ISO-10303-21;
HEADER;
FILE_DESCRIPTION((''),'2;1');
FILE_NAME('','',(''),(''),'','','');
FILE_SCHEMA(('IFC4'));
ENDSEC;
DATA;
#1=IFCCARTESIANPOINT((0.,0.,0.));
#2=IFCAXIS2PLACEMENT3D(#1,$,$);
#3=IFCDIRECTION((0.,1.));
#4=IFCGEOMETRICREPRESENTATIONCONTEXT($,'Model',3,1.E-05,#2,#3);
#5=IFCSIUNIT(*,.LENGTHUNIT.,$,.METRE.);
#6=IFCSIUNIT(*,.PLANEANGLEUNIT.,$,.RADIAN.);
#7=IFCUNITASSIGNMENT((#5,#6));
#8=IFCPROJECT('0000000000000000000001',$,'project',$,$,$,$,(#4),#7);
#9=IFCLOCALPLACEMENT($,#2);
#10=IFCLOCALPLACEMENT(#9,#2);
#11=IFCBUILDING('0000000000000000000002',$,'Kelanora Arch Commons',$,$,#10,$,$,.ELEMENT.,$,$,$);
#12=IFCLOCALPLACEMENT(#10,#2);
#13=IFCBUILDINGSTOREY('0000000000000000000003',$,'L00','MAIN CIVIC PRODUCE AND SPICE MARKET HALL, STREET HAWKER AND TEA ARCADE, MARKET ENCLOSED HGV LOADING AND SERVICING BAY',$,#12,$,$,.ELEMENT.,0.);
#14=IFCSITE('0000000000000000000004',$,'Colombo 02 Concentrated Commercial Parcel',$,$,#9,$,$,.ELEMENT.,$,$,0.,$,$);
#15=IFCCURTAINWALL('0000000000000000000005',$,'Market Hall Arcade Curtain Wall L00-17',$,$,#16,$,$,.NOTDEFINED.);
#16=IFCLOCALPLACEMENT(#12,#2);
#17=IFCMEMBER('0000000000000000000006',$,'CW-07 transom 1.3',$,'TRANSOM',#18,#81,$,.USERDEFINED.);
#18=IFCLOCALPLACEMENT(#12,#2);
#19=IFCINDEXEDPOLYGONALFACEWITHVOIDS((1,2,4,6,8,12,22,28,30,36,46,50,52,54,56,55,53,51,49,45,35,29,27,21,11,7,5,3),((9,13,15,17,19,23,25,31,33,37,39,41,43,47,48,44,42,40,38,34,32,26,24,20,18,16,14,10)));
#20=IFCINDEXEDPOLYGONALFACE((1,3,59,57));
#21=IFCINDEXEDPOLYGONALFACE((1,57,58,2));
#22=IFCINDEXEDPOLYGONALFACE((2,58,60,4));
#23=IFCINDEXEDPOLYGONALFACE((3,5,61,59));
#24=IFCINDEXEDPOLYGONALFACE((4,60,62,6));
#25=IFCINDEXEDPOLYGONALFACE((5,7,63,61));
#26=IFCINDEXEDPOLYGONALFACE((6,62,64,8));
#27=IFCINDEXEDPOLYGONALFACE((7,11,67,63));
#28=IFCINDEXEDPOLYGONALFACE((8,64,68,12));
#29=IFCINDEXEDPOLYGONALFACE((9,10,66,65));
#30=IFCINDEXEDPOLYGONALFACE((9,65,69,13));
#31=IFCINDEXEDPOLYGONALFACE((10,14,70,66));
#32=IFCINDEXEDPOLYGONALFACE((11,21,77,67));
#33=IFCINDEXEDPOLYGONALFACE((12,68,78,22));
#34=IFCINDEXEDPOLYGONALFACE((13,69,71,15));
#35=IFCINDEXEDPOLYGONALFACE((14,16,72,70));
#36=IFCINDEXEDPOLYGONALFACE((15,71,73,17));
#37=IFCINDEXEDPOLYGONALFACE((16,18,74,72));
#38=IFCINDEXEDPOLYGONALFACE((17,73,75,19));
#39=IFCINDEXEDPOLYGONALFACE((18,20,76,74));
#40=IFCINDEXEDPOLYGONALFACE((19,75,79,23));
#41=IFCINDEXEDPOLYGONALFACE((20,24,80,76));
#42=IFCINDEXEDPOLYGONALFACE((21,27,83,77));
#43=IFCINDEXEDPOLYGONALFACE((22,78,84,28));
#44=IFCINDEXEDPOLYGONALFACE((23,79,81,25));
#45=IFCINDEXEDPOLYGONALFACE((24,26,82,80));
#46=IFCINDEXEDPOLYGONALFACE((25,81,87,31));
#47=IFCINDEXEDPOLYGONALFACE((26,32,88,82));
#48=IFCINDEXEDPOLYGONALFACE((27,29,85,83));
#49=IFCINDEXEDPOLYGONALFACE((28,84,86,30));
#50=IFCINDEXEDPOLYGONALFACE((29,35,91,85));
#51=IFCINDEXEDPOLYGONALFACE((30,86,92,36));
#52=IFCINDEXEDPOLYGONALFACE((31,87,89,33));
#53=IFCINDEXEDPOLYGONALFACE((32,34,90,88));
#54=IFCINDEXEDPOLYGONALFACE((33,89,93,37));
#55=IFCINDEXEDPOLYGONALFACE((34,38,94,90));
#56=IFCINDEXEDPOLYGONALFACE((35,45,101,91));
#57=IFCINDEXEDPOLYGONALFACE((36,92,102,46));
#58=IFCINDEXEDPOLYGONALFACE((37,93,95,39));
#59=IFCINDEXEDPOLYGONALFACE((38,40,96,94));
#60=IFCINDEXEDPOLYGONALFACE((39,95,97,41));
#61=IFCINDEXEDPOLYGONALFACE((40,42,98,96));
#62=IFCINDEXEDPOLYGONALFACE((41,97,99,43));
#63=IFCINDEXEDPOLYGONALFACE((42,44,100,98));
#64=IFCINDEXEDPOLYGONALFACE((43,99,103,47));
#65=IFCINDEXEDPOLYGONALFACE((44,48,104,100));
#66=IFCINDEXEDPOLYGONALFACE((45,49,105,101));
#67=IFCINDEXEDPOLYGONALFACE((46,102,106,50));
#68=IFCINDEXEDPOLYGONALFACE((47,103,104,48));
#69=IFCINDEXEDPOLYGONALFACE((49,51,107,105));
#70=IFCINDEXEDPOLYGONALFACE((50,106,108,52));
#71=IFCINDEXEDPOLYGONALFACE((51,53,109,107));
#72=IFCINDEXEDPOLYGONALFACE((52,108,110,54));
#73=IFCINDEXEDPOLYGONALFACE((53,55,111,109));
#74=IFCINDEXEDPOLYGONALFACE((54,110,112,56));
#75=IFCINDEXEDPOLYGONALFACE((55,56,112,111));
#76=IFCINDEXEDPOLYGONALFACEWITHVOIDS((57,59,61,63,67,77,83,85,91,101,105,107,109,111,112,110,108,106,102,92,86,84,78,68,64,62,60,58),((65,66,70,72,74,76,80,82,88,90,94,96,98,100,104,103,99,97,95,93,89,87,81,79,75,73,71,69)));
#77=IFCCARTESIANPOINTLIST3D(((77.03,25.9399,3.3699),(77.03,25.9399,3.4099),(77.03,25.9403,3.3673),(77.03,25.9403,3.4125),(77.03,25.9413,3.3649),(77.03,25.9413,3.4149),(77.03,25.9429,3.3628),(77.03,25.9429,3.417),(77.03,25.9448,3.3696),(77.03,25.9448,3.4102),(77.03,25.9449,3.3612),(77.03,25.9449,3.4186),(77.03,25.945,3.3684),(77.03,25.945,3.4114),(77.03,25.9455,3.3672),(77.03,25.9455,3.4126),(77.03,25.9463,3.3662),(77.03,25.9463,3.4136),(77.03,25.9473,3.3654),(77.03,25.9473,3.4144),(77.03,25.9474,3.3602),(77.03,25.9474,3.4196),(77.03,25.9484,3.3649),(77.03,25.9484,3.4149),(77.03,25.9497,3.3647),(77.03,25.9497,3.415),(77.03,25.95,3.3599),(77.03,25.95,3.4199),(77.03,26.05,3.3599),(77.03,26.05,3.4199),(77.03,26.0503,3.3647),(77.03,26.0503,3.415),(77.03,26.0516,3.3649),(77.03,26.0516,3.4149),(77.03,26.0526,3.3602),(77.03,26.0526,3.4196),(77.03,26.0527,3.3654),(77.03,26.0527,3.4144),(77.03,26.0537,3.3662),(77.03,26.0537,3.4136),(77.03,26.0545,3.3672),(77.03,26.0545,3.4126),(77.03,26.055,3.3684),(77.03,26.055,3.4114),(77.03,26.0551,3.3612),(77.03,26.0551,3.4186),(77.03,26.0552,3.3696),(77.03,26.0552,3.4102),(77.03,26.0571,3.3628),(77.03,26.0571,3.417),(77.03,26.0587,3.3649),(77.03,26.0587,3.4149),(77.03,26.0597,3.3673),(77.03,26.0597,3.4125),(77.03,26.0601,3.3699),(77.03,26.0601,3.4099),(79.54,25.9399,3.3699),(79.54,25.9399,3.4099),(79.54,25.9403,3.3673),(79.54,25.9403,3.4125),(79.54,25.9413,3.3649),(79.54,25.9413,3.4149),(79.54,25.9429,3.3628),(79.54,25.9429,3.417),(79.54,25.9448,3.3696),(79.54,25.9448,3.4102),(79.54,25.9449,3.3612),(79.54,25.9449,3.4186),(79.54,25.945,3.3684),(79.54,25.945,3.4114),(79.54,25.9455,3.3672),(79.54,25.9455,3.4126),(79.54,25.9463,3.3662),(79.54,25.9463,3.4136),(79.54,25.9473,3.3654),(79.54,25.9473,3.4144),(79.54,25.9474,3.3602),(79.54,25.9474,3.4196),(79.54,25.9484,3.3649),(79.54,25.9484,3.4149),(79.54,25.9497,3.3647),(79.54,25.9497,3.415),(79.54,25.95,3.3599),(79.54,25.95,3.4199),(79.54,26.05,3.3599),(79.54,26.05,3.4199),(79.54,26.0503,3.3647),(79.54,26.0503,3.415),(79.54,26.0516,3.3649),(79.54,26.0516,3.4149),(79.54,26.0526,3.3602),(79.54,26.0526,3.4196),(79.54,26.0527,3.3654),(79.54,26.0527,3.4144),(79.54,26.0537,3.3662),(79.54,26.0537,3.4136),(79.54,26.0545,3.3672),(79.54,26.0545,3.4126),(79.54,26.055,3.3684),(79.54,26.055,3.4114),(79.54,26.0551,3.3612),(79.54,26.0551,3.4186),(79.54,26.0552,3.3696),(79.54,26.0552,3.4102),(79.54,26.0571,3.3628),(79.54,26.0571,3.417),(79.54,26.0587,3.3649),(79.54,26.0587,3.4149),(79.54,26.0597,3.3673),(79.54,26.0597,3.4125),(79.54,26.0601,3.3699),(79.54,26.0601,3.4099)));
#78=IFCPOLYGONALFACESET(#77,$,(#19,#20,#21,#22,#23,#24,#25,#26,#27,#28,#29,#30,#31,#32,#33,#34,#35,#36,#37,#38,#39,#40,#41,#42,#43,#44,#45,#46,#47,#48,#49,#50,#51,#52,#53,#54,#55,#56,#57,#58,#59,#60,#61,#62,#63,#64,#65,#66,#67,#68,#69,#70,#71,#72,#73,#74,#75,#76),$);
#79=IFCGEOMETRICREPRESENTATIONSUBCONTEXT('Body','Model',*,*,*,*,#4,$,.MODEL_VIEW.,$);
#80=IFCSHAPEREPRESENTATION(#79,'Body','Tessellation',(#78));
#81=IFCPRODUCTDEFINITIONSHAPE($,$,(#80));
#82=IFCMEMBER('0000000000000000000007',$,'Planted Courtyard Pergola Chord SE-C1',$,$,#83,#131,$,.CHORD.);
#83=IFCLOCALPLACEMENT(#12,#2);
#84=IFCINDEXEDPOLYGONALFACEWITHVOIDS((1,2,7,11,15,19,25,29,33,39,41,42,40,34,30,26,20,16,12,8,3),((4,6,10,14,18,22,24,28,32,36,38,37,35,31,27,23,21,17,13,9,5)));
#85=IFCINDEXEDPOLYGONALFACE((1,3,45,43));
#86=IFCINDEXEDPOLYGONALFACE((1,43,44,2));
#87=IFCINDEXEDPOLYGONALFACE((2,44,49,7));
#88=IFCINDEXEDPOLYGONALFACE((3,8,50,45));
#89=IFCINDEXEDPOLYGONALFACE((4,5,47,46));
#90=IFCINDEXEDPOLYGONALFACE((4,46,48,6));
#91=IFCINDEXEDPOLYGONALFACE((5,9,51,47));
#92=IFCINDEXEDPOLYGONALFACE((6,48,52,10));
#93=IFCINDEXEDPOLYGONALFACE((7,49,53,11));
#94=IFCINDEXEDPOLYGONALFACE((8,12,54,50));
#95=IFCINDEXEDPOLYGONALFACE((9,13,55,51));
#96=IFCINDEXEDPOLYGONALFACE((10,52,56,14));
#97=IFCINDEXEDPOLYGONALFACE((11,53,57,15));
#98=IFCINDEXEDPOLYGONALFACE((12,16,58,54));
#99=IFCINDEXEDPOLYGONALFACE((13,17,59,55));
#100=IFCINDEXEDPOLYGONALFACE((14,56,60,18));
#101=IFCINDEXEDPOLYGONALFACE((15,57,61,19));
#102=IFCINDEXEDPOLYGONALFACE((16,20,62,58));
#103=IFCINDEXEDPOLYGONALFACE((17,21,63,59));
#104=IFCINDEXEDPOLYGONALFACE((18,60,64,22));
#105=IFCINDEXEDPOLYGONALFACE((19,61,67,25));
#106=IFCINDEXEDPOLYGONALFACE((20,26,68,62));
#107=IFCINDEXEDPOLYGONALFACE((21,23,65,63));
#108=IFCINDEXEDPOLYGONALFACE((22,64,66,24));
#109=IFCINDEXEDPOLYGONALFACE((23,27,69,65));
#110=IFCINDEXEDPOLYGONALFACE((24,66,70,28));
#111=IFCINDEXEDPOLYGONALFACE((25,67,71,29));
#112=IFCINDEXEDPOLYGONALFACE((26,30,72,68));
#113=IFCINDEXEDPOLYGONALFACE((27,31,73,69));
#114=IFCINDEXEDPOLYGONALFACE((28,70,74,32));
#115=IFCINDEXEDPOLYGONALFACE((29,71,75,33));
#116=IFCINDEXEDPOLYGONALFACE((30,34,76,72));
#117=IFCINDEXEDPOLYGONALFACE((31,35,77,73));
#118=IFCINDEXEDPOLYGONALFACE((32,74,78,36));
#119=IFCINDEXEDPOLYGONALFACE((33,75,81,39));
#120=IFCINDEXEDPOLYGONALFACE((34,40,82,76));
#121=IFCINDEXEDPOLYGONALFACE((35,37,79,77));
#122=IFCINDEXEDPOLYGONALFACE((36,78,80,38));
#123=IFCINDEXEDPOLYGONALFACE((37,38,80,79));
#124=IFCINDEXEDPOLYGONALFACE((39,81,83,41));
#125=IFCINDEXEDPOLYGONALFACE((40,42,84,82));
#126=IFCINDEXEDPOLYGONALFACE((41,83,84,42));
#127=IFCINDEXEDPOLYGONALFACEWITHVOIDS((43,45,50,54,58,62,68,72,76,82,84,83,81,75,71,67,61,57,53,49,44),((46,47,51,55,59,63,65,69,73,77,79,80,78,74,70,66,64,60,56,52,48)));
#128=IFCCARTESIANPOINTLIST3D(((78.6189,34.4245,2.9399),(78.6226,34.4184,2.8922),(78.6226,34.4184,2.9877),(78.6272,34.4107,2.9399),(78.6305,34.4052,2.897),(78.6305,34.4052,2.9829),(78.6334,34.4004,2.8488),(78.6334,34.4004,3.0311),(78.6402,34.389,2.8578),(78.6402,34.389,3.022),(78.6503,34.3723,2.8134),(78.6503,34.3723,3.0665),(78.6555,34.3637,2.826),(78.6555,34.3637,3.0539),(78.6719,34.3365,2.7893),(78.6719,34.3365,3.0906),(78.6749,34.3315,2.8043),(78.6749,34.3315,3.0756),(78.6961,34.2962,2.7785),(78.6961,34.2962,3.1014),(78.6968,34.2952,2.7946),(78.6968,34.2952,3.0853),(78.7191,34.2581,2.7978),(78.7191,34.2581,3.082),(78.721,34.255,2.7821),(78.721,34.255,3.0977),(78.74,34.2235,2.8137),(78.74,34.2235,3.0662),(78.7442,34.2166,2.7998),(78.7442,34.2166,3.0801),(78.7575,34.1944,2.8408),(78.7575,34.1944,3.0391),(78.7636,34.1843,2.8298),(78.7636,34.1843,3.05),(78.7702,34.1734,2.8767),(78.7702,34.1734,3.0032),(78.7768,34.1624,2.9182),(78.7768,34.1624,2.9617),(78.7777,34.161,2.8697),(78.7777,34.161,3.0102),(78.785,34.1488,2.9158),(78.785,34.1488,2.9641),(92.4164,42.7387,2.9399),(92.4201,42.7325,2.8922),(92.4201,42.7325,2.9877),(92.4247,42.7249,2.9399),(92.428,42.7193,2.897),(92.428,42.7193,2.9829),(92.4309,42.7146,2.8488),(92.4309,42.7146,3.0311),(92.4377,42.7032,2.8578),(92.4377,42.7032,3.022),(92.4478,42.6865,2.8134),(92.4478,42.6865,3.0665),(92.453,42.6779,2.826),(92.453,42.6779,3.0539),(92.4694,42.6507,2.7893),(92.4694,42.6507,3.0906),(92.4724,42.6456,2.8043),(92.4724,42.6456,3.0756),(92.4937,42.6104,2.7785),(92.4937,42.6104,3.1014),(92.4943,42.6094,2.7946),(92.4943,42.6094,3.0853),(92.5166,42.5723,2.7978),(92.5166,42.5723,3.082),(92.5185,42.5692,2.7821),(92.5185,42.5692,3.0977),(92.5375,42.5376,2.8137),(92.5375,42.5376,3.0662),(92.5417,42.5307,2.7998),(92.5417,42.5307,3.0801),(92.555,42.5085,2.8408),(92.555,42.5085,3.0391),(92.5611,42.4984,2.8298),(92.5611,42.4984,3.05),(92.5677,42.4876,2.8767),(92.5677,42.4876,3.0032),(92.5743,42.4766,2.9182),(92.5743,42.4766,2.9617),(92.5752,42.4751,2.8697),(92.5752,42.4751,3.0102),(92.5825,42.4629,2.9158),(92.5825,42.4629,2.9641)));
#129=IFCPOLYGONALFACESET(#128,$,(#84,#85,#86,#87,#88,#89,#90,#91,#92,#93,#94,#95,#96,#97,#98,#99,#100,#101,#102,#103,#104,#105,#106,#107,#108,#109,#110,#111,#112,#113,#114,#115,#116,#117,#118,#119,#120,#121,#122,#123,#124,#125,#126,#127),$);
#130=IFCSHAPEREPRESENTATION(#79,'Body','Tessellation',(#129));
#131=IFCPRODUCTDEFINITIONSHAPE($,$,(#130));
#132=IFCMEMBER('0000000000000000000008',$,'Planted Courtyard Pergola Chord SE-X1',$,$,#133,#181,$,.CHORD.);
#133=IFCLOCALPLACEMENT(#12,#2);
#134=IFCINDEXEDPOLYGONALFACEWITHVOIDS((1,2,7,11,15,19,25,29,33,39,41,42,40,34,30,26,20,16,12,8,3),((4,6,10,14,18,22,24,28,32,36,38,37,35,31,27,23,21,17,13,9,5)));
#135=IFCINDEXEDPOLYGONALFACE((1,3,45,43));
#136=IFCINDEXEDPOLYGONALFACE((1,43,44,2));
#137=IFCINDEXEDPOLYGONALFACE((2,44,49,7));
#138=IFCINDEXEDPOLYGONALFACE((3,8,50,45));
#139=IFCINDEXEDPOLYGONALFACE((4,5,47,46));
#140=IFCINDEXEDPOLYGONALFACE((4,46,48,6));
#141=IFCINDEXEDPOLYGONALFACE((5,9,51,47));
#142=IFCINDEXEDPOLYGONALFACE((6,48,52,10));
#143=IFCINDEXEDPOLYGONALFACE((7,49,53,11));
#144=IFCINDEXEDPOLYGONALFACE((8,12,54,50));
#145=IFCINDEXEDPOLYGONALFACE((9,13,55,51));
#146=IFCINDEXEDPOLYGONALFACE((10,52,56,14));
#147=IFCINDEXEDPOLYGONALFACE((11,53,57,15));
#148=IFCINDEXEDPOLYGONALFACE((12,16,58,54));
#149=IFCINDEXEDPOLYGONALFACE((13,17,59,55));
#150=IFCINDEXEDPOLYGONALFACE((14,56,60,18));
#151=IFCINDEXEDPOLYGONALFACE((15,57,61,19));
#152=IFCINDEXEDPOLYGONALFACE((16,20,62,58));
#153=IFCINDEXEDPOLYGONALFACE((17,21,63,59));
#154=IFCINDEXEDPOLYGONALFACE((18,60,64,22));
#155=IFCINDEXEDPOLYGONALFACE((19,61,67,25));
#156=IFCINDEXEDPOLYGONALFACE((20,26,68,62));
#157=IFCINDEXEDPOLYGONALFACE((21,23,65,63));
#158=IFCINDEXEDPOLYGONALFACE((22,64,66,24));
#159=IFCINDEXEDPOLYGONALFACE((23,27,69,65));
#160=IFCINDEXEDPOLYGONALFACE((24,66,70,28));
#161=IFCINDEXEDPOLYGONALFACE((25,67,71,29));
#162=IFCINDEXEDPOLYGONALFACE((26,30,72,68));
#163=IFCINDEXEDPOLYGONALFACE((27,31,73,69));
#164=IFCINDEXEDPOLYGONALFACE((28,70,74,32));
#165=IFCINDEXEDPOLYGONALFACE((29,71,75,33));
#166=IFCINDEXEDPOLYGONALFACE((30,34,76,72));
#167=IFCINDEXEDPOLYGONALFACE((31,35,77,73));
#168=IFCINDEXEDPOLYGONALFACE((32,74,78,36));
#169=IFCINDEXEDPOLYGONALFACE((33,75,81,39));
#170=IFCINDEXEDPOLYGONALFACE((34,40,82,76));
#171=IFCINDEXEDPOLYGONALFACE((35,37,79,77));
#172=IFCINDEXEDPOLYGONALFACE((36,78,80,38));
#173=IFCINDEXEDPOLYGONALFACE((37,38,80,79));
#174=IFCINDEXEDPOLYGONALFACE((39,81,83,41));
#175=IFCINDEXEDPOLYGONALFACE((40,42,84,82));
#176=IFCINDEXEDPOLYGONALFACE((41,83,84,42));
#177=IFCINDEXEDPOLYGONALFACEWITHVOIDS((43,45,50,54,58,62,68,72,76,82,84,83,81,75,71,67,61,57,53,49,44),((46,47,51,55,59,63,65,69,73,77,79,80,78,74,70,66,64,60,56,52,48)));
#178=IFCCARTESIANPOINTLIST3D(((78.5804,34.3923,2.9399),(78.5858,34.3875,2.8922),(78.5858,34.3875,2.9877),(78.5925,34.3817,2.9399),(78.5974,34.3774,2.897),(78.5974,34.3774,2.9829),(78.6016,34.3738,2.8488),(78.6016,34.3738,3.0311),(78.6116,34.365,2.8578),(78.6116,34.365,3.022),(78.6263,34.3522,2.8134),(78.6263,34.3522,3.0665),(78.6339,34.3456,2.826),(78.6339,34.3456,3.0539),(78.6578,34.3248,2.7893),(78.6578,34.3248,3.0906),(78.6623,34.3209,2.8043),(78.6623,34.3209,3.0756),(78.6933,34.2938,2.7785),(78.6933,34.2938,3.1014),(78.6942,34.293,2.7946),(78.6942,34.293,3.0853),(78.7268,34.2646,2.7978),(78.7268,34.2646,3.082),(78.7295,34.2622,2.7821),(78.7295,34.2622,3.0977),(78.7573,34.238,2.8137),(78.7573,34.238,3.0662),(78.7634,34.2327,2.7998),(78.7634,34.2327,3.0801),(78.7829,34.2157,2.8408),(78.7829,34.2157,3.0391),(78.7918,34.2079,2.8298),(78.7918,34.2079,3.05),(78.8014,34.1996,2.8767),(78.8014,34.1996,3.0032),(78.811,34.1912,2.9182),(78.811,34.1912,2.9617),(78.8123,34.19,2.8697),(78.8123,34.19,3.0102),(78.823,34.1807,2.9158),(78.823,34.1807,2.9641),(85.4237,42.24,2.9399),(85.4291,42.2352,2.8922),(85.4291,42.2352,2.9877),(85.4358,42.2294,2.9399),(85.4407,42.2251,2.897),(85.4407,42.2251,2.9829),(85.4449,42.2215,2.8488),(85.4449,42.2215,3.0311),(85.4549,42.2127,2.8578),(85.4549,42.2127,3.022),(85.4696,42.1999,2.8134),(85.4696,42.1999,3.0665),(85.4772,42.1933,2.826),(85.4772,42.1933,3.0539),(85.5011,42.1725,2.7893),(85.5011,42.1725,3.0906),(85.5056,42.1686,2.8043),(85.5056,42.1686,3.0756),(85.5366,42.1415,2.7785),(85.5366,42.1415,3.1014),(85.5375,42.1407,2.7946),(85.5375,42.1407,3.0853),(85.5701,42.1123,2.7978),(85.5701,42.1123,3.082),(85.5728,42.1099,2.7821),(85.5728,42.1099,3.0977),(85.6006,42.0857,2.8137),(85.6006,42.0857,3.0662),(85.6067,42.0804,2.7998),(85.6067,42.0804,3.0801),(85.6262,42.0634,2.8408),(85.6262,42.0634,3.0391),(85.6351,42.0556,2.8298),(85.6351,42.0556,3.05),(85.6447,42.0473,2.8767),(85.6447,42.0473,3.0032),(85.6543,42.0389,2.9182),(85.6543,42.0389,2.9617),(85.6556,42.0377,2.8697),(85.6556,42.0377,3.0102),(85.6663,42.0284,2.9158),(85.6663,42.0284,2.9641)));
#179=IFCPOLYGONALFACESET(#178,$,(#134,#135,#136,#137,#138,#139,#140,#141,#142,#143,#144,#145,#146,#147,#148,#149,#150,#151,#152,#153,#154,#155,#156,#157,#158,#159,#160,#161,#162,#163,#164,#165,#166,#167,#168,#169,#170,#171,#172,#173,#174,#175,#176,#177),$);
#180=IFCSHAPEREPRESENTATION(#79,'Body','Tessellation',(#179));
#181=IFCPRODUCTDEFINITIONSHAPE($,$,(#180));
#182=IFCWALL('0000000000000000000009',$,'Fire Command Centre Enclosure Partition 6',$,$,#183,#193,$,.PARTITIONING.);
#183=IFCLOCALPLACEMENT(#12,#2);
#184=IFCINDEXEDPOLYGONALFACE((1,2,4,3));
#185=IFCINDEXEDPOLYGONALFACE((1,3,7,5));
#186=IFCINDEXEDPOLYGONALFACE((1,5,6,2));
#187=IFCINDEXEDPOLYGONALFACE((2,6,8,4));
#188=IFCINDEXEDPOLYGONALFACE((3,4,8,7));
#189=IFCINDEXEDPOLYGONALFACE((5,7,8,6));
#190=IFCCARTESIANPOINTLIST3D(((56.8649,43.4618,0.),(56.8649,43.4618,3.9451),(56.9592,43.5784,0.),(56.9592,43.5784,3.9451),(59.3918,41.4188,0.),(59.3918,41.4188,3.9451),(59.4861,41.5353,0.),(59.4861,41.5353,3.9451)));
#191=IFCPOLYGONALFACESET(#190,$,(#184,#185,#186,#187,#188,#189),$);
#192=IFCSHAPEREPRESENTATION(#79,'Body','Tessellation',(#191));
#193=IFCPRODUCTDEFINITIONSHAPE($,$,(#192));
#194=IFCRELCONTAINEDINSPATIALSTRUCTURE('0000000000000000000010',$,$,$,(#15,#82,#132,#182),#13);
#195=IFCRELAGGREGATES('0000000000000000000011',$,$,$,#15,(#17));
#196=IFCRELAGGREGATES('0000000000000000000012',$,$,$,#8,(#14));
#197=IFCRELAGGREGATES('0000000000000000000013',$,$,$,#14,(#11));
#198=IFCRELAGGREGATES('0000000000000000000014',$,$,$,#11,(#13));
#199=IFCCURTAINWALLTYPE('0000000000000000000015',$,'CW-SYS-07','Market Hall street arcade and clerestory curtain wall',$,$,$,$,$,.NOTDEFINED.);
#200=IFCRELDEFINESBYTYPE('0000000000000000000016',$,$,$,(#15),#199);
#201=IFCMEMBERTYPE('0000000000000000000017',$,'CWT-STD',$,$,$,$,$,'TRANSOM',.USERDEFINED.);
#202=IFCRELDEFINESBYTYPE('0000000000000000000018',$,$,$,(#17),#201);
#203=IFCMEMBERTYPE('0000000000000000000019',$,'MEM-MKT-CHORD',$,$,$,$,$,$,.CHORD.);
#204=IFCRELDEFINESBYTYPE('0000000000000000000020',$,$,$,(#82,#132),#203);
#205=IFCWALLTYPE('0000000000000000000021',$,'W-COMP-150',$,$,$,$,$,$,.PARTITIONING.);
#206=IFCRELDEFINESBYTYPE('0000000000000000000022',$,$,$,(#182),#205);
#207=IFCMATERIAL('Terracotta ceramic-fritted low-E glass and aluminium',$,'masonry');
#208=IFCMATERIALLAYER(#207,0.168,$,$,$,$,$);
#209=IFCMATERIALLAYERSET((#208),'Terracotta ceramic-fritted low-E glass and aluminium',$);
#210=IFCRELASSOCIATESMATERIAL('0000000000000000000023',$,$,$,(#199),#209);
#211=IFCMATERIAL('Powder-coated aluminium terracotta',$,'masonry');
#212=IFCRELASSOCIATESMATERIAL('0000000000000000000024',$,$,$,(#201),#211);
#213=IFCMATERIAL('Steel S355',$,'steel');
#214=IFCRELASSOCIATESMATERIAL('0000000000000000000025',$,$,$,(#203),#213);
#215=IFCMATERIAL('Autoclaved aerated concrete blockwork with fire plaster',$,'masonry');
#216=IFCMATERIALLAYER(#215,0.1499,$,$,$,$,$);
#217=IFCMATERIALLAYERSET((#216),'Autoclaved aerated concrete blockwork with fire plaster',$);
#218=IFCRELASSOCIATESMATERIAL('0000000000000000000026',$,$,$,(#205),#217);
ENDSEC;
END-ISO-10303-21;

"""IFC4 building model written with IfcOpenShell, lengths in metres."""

from ifc_helpers import new_model, si_unit, direction, frame, frame_2d, origin, origin_2d, place, context, subcontext, project, spatial, rectangle, hollow_rectangle, hollow_circle, extrude, material, layer, layer_set, material_profile, profile_set, type_object, element, aggregate, save


model = new_model("IFC4")

# Units and contexts
model_context = context("Model", 3, precision=1e-05, world=origin(), true_north=direction((0.0, 1.0)))
body_context = subcontext(model_context, "Body", "Model", "MODEL_VIEW")
ifc_project = project(units=[si_unit("LENGTHUNIT", "METRE"), si_unit("PLANEANGLEUNIT", "RADIAN")], contexts=[model_context])

# Site, building, storey
site_placement = place(None, origin())
site = spatial("IfcSite", under=ifc_project, at=site_placement, Name="Colombo 02 Concentrated Commercial Parcel", CompositionType="ELEMENT", RefElevation=0.0)
building_placement = place(site_placement, origin())
building = spatial("IfcBuilding", under=site, at=building_placement, Name="Kelanora Arch Commons", CompositionType="ELEMENT")
storey_placement = place(building_placement, origin())
storey = spatial("IfcBuildingStorey", under=building, at=storey_placement, Name="L00", Description="MAIN CIVIC PRODUCE AND SPICE MARKET HALL, STREET HAWKER AND TEA ARCADE, MARKET ENCLOSED HGV LOADING AND SERVICING BAY", CompositionType="ELEMENT", Elevation=0.0)

# Shared definitions
ifc_material_1 = material(Name="Steel S355", Category="steel")

# Curtain wall, member
ifc_material_2 = material(Name="Terracotta ceramic-fritted low-E glass and aluminium", Category="masonry")
ifc_layer_1 = layer(ifc_material_2, 0.168)
ifc_layer_set_1 = layer_set([ifc_layer_1], Name="Terracotta ceramic-fritted low-E glass and aluminium")
curtain_wall_type = type_object("IfcCurtainWallType", Name="CW-SYS-07", Description="Market Hall street arcade and clerestory curtain wall", PredefinedType="NOTDEFINED", material=ifc_layer_set_1)
curtain_wall_placement = place(storey_placement, origin())
curtain_wall = element("IfcCurtainWall", 1, at=curtain_wall_placement, inside=storey, type_object=curtain_wall_type, Name="Market Hall Arcade Curtain Wall L00-17", PredefinedType="NOTDEFINED")
ifc_material_3 = material(Name="Powder-coated aluminium terracotta", Category="masonry")
ifc_material_profile_1 = material_profile(ifc_material_3, hollow_rectangle(XDim=0.1201, YDim=0.0601, WallThickness=0.0049, InnerFilletRadius=0.0049, OuterFilletRadius=0.01, at=origin_2d()), Name="CWT120x60")
ifc_profile_set_1 = profile_set([ifc_material_profile_1], Name="Powder-coated aluminium terracotta")
member_type_1 = type_object("IfcMemberType", Name="CWT-STD", ElementType="TRANSOM", PredefinedType="USERDEFINED", material=ifc_profile_set_1)
member_1_placement = place(storey_placement, frame((79.54, 26.0, 3.3899), z_axis=(-1.0, 0.0, 0.0), x_axis=(0.0, -1.0, 0.0)))
member_1 = element("IfcMember", 2, at=member_1_placement, type_object=member_type_1, Name="CW-07 transom 1.3", ObjectType="TRANSOM", PredefinedType="USERDEFINED", context=body_context, shape_type="SweptSolid", body=[
    extrude(hollow_rectangle(XDim=0.1201, YDim=0.0601, WallThickness=0.0049, InnerFilletRadius=0.0049, OuterFilletRadius=0.01, at=origin_2d()), origin(), (0.0, 0.0, 1.0), 2.51),
])
aggregate(curtain_wall, [member_1])

# Members
ifc_material_profile_2 = material_profile(ifc_material_1, hollow_circle(Radius=0.1619, WallThickness=0.0161, at=origin_2d()), Name="CHS323.9x16")
ifc_profile_set_2 = profile_set([ifc_material_profile_2], Name="Steel S355")
member_type_2 = type_object("IfcMemberType", Name="MEM-MKT-CHORD", PredefinedType="CHORD", material=ifc_profile_set_2)
member_2_placement = place(storey_placement, frame((78.7024, 34.2859, 2.9399), z_axis=(0.856515, 0.516122, 0.0), x_axis=(-0.516122, 0.856515, 0.0)))
element("IfcMember", 3, at=member_2_placement, inside=storey, type_object=member_type_2, Name="Planted Courtyard Pergola Chord SE-C1", PredefinedType="CHORD", context=body_context, shape_type="SweptSolid", body=[
    extrude(hollow_circle(Radius=0.1619, WallThickness=0.0161, at=origin_2d()), origin(), (0.0, 0.0, 1.0), 16.1089),
])
member_3_placement = place(storey_placement, frame((78.7024, 34.2859, 2.9399), z_axis=(0.657229, 0.753691, 0.0), x_axis=(-0.753691, 0.657229, 0.0)))
element("IfcMember", 4, at=member_3_placement, inside=storey, type_object=member_type_2, Name="Planted Courtyard Pergola Chord SE-X1", PredefinedType="CHORD", context=body_context, shape_type="SweptSolid", body=[
    extrude(hollow_circle(Radius=0.1619, WallThickness=0.0161, at=origin_2d()), origin(), (0.0, 0.0, 1.0), 10.4124),
])

# Wall
ifc_material_4 = material(Name="Autoclaved aerated concrete blockwork with fire plaster", Category="masonry")
ifc_layer_2 = layer(ifc_material_4, 0.1499)
ifc_layer_set_2 = layer_set([ifc_layer_2], Name="Autoclaved aerated concrete blockwork with fire plaster")
wall_type_1 = type_object("IfcWallType", Name="W-COMP-150", PredefinedType="PARTITIONING", material=ifc_layer_set_2)
wall_1_placement = place(storey_placement, frame((59.439, 41.4771, 0.0), z_axis=(0.0, 0.0, 1.0), x_axis=(-0.777633, 0.628718, 0.0)))
element("IfcWall", 5, at=wall_1_placement, inside=storey, type_object=wall_type_1, Name="Fire Command Centre Enclosure Partition 6", PredefinedType="PARTITIONING", context=body_context, shape_type="SweptSolid", body=[
    extrude(rectangle(XDim=3.2495, YDim=0.1499, at=frame_2d((1.6248, 0.0))), origin(), (0.0, 0.0, 1.0), 3.9451),
])

save(model, "model.ifc")
